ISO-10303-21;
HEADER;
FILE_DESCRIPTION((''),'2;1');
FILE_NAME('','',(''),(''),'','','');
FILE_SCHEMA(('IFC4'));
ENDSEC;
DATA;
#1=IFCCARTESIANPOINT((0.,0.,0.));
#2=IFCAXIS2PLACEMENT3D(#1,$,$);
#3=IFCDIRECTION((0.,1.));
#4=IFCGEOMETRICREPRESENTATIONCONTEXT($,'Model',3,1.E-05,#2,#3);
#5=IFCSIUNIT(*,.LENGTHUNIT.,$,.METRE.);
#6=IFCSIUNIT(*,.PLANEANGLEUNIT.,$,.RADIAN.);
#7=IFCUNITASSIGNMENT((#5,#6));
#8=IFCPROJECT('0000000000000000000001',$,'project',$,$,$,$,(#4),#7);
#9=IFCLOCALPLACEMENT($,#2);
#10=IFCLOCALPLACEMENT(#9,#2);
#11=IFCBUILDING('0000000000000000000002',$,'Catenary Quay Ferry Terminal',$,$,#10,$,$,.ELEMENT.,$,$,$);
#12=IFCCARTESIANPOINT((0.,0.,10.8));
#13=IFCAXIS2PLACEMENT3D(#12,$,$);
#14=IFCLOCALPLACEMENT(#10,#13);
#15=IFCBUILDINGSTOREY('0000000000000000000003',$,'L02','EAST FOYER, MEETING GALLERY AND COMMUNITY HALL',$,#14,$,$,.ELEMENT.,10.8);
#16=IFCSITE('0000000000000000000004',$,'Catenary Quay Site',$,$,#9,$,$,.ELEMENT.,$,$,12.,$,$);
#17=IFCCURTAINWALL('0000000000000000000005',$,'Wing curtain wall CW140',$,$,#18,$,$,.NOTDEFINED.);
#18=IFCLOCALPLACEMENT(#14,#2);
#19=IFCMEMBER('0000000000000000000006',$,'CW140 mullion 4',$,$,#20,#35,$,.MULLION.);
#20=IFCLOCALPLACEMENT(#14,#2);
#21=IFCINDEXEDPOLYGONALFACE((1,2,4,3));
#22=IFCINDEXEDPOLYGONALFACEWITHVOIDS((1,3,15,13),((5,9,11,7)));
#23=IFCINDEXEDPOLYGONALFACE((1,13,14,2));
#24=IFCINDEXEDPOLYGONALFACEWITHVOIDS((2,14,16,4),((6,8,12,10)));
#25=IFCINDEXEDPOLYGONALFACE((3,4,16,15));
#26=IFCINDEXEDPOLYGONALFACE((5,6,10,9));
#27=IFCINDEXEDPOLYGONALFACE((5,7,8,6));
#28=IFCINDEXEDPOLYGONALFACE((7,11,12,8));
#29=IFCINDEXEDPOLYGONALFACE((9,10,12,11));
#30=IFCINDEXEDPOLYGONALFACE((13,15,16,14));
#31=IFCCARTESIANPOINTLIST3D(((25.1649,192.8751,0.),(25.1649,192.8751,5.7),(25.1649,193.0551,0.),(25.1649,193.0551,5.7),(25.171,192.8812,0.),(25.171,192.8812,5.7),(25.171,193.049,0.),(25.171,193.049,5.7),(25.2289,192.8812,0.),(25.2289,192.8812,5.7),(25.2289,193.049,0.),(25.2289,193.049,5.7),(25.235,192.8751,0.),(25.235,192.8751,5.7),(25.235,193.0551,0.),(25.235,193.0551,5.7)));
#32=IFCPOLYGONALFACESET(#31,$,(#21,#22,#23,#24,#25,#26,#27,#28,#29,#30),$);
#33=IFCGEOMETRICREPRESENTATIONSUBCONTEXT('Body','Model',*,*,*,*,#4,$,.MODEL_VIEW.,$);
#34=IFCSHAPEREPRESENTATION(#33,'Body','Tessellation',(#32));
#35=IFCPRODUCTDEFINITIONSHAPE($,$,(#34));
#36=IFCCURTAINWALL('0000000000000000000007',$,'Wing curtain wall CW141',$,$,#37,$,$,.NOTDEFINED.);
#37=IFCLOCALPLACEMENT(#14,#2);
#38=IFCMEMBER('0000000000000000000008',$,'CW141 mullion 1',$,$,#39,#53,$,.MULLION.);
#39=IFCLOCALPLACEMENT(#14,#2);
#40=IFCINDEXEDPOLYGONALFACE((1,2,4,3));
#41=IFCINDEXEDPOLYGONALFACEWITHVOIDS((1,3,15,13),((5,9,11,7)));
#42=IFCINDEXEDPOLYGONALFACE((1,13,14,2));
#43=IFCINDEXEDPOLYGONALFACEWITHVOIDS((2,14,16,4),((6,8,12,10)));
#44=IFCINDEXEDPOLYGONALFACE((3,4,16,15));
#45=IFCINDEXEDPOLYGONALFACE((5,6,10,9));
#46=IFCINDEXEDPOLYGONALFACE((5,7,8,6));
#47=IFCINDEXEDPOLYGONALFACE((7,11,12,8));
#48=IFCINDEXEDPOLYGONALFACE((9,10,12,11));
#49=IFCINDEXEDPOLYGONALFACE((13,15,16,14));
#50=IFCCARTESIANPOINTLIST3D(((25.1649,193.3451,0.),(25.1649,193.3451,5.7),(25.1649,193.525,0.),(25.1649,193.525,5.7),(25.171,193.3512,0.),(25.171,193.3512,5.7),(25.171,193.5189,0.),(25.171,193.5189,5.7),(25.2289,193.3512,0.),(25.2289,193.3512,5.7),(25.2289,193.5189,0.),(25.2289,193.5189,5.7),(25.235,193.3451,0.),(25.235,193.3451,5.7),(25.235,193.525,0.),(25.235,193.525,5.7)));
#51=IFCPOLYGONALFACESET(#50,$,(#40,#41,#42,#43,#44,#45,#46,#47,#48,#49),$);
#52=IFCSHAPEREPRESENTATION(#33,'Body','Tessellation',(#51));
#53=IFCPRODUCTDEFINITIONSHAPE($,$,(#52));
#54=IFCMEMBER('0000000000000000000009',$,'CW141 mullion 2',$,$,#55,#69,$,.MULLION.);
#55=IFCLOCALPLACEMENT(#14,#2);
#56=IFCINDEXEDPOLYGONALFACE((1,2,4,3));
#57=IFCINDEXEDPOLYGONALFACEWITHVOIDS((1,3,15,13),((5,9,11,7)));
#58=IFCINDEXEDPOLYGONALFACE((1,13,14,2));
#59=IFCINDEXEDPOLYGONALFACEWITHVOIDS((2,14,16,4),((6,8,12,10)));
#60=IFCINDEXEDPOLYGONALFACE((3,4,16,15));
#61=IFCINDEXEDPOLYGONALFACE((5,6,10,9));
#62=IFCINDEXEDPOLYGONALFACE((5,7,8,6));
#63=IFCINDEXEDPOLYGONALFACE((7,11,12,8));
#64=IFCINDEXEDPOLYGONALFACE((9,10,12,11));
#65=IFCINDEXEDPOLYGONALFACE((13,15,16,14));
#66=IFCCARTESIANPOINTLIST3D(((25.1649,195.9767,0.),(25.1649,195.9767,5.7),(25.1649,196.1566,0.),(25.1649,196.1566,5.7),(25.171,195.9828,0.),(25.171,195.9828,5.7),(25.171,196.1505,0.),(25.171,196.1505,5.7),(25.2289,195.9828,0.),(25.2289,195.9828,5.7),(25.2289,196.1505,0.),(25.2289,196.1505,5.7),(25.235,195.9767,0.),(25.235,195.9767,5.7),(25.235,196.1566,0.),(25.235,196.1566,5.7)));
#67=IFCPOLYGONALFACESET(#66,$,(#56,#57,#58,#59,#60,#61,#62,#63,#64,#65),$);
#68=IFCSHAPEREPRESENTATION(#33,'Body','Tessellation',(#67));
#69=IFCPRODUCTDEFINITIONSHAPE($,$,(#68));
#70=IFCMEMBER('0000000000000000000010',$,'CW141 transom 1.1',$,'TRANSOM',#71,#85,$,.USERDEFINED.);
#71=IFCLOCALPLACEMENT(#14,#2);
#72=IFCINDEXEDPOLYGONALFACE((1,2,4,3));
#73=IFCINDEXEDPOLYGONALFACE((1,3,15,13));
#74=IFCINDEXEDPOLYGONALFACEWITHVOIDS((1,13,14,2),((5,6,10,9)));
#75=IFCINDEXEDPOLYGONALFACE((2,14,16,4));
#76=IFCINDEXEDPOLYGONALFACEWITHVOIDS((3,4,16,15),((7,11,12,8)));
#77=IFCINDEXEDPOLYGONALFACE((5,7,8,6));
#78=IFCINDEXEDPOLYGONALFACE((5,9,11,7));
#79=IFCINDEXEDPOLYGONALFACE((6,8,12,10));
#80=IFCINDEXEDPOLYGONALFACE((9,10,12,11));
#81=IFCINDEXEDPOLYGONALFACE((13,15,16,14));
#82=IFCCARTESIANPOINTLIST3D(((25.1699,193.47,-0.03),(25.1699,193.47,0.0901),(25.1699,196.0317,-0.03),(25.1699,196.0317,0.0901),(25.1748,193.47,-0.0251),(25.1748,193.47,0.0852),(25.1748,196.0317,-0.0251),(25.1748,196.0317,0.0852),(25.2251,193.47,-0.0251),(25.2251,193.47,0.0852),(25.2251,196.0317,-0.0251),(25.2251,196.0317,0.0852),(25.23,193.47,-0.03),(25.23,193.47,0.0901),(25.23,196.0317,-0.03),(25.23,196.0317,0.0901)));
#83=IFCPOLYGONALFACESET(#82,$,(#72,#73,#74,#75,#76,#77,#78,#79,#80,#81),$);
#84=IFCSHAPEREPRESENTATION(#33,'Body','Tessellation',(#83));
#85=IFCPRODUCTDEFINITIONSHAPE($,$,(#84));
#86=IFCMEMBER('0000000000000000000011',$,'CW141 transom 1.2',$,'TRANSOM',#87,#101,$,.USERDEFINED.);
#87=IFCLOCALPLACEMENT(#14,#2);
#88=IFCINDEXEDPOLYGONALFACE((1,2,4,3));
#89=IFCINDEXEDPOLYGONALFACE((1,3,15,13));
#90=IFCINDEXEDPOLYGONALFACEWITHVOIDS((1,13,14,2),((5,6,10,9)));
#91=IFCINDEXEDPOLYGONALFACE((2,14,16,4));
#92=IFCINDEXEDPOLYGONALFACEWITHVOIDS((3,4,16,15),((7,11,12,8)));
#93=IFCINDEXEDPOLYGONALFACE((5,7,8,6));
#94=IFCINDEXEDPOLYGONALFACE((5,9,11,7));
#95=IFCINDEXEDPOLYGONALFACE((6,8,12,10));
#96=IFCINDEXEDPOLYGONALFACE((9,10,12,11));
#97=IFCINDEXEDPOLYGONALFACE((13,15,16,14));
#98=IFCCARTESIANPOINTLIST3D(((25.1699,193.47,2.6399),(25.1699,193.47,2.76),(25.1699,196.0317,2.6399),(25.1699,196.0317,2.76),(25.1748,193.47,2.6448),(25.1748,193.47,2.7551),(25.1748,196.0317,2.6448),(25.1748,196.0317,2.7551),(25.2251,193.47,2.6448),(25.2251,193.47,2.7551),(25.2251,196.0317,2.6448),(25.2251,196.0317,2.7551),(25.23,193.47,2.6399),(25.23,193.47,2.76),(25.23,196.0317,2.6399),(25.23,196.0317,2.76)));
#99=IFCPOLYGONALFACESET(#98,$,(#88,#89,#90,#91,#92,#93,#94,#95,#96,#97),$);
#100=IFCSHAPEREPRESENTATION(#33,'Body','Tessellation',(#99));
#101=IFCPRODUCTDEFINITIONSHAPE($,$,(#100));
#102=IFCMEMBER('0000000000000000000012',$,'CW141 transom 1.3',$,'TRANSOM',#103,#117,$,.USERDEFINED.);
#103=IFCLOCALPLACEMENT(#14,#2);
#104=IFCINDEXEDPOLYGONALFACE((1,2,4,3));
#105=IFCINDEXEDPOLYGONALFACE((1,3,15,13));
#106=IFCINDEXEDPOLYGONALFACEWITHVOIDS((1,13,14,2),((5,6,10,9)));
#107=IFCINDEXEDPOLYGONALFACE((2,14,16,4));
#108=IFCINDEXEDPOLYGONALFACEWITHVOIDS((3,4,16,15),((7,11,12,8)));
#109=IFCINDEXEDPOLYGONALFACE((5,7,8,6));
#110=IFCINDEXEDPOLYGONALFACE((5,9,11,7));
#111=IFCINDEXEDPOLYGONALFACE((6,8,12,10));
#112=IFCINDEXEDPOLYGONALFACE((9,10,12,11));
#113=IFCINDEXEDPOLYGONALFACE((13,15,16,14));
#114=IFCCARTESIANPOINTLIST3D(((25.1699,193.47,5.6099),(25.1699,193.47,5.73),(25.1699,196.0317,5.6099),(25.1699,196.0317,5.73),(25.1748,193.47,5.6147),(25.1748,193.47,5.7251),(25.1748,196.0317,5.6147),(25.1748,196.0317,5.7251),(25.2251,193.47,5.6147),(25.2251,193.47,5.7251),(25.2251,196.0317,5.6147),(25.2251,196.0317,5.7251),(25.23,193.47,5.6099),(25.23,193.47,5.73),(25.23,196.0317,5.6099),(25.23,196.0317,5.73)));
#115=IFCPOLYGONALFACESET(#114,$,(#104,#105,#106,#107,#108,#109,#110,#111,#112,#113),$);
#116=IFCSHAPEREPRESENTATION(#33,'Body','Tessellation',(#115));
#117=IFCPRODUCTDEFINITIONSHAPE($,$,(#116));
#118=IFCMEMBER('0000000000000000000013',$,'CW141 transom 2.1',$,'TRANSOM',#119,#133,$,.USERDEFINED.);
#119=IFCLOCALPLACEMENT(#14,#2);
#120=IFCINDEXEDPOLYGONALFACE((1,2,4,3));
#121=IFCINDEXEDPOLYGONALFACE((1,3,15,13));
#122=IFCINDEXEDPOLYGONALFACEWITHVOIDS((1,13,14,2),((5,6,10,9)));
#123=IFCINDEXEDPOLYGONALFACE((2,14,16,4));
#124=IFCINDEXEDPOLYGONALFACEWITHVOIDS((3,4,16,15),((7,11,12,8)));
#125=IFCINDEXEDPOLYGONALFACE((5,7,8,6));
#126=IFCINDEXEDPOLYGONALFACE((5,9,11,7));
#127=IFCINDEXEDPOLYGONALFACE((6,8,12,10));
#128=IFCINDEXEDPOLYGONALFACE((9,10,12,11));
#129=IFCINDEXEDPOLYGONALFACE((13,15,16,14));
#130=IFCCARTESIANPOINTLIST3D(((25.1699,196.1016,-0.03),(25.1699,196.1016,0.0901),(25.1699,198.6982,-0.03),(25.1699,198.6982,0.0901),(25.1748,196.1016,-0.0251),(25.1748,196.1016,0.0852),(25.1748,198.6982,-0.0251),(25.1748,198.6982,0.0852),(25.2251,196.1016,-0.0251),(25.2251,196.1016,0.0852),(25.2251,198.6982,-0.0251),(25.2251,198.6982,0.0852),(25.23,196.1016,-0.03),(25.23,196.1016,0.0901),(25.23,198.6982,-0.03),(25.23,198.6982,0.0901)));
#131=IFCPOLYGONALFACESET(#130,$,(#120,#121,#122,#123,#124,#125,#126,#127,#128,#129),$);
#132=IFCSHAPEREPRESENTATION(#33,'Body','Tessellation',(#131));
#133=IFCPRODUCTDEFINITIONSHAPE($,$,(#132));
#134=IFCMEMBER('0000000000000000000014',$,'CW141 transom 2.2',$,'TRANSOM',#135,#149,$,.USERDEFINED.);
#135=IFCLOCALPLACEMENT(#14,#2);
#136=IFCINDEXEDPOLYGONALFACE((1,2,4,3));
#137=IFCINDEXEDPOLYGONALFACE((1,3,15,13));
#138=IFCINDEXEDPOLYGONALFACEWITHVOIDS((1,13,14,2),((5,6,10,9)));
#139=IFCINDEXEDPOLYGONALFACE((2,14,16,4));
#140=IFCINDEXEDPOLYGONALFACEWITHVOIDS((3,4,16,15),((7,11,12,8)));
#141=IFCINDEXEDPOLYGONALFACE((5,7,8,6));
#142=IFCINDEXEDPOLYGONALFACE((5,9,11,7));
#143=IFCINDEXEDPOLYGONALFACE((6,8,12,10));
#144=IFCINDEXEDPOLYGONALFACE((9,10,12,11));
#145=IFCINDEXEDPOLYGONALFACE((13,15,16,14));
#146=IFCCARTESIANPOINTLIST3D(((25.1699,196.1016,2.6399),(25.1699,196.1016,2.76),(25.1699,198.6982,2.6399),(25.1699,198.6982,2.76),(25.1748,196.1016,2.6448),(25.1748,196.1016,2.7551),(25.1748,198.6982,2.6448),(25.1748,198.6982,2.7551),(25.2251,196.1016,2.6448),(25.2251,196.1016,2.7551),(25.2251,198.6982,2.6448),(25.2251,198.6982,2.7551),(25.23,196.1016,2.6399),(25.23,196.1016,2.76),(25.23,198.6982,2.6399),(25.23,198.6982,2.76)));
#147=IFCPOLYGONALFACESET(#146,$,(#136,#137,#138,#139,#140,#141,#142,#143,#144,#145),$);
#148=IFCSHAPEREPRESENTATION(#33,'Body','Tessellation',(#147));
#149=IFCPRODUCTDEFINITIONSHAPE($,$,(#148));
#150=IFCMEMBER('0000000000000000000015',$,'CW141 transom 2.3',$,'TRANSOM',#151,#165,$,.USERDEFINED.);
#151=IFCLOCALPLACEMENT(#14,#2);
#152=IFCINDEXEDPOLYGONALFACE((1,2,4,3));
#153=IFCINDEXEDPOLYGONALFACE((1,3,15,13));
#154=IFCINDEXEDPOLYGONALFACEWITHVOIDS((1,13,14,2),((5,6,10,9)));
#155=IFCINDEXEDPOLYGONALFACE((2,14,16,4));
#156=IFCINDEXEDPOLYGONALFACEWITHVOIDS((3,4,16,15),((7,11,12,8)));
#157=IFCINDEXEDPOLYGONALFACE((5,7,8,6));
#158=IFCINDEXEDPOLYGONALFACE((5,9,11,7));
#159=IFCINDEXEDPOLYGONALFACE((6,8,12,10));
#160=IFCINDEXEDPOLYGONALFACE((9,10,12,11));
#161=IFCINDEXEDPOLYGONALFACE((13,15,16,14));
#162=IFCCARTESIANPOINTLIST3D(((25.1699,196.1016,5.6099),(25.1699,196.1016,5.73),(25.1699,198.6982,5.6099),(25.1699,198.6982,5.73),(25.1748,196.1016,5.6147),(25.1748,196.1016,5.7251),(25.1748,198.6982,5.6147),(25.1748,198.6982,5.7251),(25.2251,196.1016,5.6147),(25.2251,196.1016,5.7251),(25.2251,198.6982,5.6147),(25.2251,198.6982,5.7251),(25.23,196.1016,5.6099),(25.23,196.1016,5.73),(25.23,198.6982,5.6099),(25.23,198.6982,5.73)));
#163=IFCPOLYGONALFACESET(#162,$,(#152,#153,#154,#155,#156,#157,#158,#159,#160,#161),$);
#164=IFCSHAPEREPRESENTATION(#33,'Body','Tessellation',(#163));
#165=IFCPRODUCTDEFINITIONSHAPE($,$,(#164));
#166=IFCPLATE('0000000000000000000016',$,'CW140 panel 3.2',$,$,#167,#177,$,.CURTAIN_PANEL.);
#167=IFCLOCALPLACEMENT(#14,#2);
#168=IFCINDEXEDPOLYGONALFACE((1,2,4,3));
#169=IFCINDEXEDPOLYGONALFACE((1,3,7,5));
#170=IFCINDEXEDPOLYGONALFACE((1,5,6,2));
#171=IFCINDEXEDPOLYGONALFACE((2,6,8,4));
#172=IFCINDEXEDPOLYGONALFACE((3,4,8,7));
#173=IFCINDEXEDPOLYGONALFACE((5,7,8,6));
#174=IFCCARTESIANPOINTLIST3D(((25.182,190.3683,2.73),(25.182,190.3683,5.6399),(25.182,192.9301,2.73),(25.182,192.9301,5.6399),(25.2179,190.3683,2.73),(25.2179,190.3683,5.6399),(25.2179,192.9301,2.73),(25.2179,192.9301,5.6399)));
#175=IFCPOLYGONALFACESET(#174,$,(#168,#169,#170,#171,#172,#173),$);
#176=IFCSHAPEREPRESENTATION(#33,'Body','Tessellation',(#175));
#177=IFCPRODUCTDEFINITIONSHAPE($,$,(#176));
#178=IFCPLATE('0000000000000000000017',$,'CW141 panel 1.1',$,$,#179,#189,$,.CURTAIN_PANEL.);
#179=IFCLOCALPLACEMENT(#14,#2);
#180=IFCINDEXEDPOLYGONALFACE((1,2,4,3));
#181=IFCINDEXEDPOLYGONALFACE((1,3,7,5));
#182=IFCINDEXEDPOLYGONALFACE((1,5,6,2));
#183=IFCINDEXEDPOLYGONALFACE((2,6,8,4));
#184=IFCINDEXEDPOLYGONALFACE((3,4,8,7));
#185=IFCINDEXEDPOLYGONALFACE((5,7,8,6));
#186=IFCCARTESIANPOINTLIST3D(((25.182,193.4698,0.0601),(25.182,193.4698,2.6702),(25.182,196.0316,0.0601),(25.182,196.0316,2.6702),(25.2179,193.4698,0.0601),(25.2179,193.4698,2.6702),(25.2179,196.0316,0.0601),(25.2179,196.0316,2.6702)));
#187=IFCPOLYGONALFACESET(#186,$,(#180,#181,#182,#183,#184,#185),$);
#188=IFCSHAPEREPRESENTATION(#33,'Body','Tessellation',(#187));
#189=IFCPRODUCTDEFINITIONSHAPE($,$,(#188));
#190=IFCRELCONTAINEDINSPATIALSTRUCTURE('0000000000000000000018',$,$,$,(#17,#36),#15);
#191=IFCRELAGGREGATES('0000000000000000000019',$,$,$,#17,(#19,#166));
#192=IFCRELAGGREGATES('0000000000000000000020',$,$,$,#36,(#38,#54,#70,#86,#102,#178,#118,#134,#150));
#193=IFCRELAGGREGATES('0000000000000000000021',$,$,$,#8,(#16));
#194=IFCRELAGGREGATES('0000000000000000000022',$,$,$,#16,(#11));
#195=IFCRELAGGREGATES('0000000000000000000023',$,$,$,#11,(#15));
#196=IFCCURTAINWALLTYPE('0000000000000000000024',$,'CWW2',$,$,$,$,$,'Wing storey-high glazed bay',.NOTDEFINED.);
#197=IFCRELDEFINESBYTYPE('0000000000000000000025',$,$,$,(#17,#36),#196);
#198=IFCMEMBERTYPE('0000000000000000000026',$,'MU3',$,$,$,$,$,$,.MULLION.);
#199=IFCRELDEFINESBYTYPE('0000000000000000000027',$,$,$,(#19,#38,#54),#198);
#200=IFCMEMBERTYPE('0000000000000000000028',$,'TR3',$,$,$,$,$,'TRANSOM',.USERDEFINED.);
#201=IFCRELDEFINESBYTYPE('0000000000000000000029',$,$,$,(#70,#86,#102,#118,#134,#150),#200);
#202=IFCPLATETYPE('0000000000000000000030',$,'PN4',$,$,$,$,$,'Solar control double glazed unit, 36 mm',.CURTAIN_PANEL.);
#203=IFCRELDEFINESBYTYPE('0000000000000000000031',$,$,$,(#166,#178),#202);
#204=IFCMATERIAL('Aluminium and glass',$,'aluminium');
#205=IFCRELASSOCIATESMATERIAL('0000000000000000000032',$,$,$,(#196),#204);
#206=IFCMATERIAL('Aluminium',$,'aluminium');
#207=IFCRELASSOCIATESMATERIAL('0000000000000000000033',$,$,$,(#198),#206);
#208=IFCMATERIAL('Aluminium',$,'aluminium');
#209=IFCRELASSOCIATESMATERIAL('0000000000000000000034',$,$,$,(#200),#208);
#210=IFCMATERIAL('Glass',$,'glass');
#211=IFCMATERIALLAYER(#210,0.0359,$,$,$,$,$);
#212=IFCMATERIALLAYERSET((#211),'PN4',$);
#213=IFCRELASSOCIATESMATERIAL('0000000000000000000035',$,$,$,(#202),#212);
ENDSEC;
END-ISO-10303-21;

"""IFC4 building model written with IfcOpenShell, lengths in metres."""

from ifc_helpers import new_model, si_unit, direction, frame, origin, origin_2d, place, context, subcontext, project, spatial, rectangle, hollow_rectangle, extrude, material, layer, layer_set, material_profile, profile_set, type_object, element, aggregate, save


model = new_model("IFC4")

# Units and contexts
model_context = context("Model", 3, precision=1e-05, world=origin(), true_north=direction((0.0, 1.0)))
body_context = subcontext(model_context, "Body", "Model", "MODEL_VIEW")
ifc_project = project(units=[si_unit("LENGTHUNIT", "METRE"), si_unit("PLANEANGLEUNIT", "RADIAN")], contexts=[model_context])

# Site, building, storey
site_placement = place(None, origin())
site = spatial("IfcSite", under=ifc_project, at=site_placement, Name="Catenary Quay Site", CompositionType="ELEMENT", RefElevation=12.0)
building_placement = place(site_placement, origin())
building = spatial("IfcBuilding", under=site, at=building_placement, Name="Catenary Quay Ferry Terminal", CompositionType="ELEMENT")
storey_placement = place(building_placement, frame((0.0, 0.0, 10.8)))
storey = spatial("IfcBuildingStorey", under=building, at=storey_placement, Name="L02", Description="EAST FOYER, MEETING GALLERY AND COMMUNITY HALL", CompositionType="ELEMENT", Elevation=10.8)

# Curtain wall, member
ifc_material_1 = material(Name="Aluminium and glass", Category="aluminium")
curtain_wall_type = type_object("IfcCurtainWallType", Name="CWW2", ElementType="Wing storey-high glazed bay", PredefinedType="NOTDEFINED", material=ifc_material_1)
curtain_wall_1_placement = place(storey_placement, origin())
curtain_wall_1 = element("IfcCurtainWall", 1, at=curtain_wall_1_placement, inside=storey, type_object=curtain_wall_type, Name="Wing curtain wall CW140", PredefinedType="NOTDEFINED")
ifc_material_2 = material(Name="Aluminium", Category="aluminium")
ifc_material_profile_1 = material_profile(ifc_material_2, hollow_rectangle(XDim=0.0701, YDim=0.1799, WallThickness=0.0061, at=origin_2d()), Name="MU3")
ifc_profile_set_1 = profile_set([ifc_material_profile_1], Name="Aluminium")
member_type_1 = type_object("IfcMemberType", Name="MU3", PredefinedType="MULLION", material=ifc_profile_set_1)
member_1_placement = place(storey_placement, frame((25.2, 192.9651, 0.0), z_axis=(0.0, 0.0, 1.0), x_axis=(-1.0, 0.0, 0.0)))
member_1 = element("IfcMember", 2, at=member_1_placement, type_object=member_type_1, Name="CW140 mullion 4", PredefinedType="MULLION", context=body_context, shape_type="SweptSolid", body=[
    extrude(hollow_rectangle(XDim=0.0701, YDim=0.1799, WallThickness=0.0061, at=origin_2d()), origin(), (0.0, 0.0, 1.0), 5.7),
])

# Curtain wall, members
curtain_wall_2_placement = place(storey_placement, origin())
curtain_wall_2 = element("IfcCurtainWall", 3, at=curtain_wall_2_placement, inside=storey, type_object=curtain_wall_type, Name="Wing curtain wall CW141", PredefinedType="NOTDEFINED")
member_2_placement = place(storey_placement, frame((25.2, 193.4351, 0.0), z_axis=(0.0, 0.0, 1.0), x_axis=(-1.0, 0.0, 0.0)))
member_2 = element("IfcMember", 4, at=member_2_placement, type_object=member_type_1, Name="CW141 mullion 1", PredefinedType="MULLION", context=body_context, shape_type="SweptSolid", body=[
    extrude(hollow_rectangle(XDim=0.0701, YDim=0.1799, WallThickness=0.0061, at=origin_2d()), origin(), (0.0, 0.0, 1.0), 5.7),
])
member_3_placement = place(storey_placement, frame((25.2, 196.0667, 0.0), z_axis=(0.0, 0.0, 1.0), x_axis=(-1.0, 0.0, 0.0)))
member_3 = element("IfcMember", 5, at=member_3_placement, type_object=member_type_1, Name="CW141 mullion 2", PredefinedType="MULLION", context=body_context, shape_type="SweptSolid", body=[
    extrude(hollow_rectangle(XDim=0.0701, YDim=0.1799, WallThickness=0.0061, at=origin_2d()), origin(), (0.0, 0.0, 1.0), 5.7),
])
ifc_material_3 = material(Name="Aluminium", Category="aluminium")
ifc_material_profile_2 = material_profile(ifc_material_3, hollow_rectangle(XDim=0.0601, YDim=0.1201, WallThickness=0.0049, at=origin_2d()), Name="TR3")
ifc_profile_set_2 = profile_set([ifc_material_profile_2], Name="Aluminium")
member_type_2 = type_object("IfcMemberType", Name="TR3", ElementType="TRANSOM", PredefinedType="USERDEFINED", material=ifc_profile_set_2)
member_4_placement = place(storey_placement, frame((25.2, 193.47, 0.03), z_axis=(0.0, 1.0, 0.0), x_axis=(-1.0, 0.0, 0.0)))
member_4 = element("IfcMember", 6, at=member_4_placement, type_object=member_type_2, Name="CW141 transom 1.1", ObjectType="TRANSOM", PredefinedType="USERDEFINED", context=body_context, shape_type="SweptSolid", body=[
    extrude(hollow_rectangle(XDim=0.0601, YDim=0.1201, WallThickness=0.0049, at=origin_2d()), origin(), (0.0, 0.0, 1.0), 2.5618),
])
member_5_placement = place(storey_placement, frame((25.2, 193.47, 2.7), z_axis=(0.0, 1.0, 0.0), x_axis=(-1.0, 0.0, 0.0)))
member_5 = element("IfcMember", 7, at=member_5_placement, type_object=member_type_2, Name="CW141 transom 1.2", ObjectType="TRANSOM", PredefinedType="USERDEFINED", context=body_context, shape_type="SweptSolid", body=[
    extrude(hollow_rectangle(XDim=0.0601, YDim=0.1201, WallThickness=0.0049, at=origin_2d()), origin(), (0.0, 0.0, 1.0), 2.5618),
])
member_6_placement = place(storey_placement, frame((25.2, 193.47, 5.6699), z_axis=(0.0, 1.0, 0.0), x_axis=(-1.0, 0.0, 0.0)))
member_6 = element("IfcMember", 8, at=member_6_placement, type_object=member_type_2, Name="CW141 transom 1.3", ObjectType="TRANSOM", PredefinedType="USERDEFINED", context=body_context, shape_type="SweptSolid", body=[
    extrude(hollow_rectangle(XDim=0.0601, YDim=0.1201, WallThickness=0.0049, at=origin_2d()), origin(), (0.0, 0.0, 1.0), 2.5618),
])
member_7_placement = place(storey_placement, frame((25.2, 196.1016, 0.03), z_axis=(0.0, 1.0, 0.0), x_axis=(-1.0, 0.0, 0.0)))
member_7 = element("IfcMember", 9, at=member_7_placement, type_object=member_type_2, Name="CW141 transom 2.1", ObjectType="TRANSOM", PredefinedType="USERDEFINED", context=body_context, shape_type="SweptSolid", body=[
    extrude(hollow_rectangle(XDim=0.0601, YDim=0.1201, WallThickness=0.0049, at=origin_2d()), origin(), (0.0, 0.0, 1.0), 2.5967),
])
member_8_placement = place(storey_placement, frame((25.2, 196.1016, 2.7), z_axis=(0.0, 1.0, 0.0), x_axis=(-1.0, 0.0, 0.0)))
member_8 = element("IfcMember", 10, at=member_8_placement, type_object=member_type_2, Name="CW141 transom 2.2", ObjectType="TRANSOM", PredefinedType="USERDEFINED", context=body_context, shape_type="SweptSolid", body=[
    extrude(hollow_rectangle(XDim=0.0601, YDim=0.1201, WallThickness=0.0049, at=origin_2d()), origin(), (0.0, 0.0, 1.0), 2.5967),
])
member_9_placement = place(storey_placement, frame((25.2, 196.1016, 5.6699), z_axis=(0.0, 1.0, 0.0), x_axis=(-1.0, 0.0, 0.0)))
member_9 = element("IfcMember", 11, at=member_9_placement, type_object=member_type_2, Name="CW141 transom 2.3", ObjectType="TRANSOM", PredefinedType="USERDEFINED", context=body_context, shape_type="SweptSolid", body=[
    extrude(hollow_rectangle(XDim=0.0601, YDim=0.1201, WallThickness=0.0049, at=origin_2d()), origin(), (0.0, 0.0, 1.0), 2.5967),
])

# Plates
ifc_material_4 = material(Name="Glass", Category="glass")
ifc_layer_1 = layer(ifc_material_4, 0.0359)
ifc_layer_set_1 = layer_set([ifc_layer_1], Name="PN4")
plate_type = type_object("IfcPlateType", Name="PN4", ElementType="Solar control double glazed unit, 36 mm", PredefinedType="CURTAIN_PANEL", material=ifc_layer_set_1)
plate_1_placement = place(storey_placement, frame((25.2, 191.6492, 2.73), z_axis=(0.0, 0.0, 1.0), x_axis=(0.0, 1.0, 0.0)))
plate_1 = element("IfcPlate", 12, at=plate_1_placement, type_object=plate_type, Name="CW140 panel 3.2", PredefinedType="CURTAIN_PANEL", context=body_context, shape_type="SweptSolid", body=[
    extrude(rectangle(XDim=2.5618, YDim=0.0359, at=origin_2d()), origin(), (0.0, 0.0, 1.0), 2.9099),
])
aggregate(curtain_wall_1, [member_1, plate_1])
plate_2_placement = place(storey_placement, frame((25.2, 194.7507, 0.0601), z_axis=(0.0, 0.0, 1.0), x_axis=(0.0, 1.0, 0.0)))
plate_2 = element("IfcPlate", 13, at=plate_2_placement, type_object=plate_type, Name="CW141 panel 1.1", PredefinedType="CURTAIN_PANEL", context=body_context, shape_type="SweptSolid", body=[
    extrude(rectangle(XDim=2.5618, YDim=0.0359, at=origin_2d()), origin(), (0.0, 0.0, 1.0), 2.6101),
])
aggregate(curtain_wall_2, [member_2, member_3, member_4, member_5, member_6, plate_2, member_7, member_8, member_9])

save(model, "model.ifc")
